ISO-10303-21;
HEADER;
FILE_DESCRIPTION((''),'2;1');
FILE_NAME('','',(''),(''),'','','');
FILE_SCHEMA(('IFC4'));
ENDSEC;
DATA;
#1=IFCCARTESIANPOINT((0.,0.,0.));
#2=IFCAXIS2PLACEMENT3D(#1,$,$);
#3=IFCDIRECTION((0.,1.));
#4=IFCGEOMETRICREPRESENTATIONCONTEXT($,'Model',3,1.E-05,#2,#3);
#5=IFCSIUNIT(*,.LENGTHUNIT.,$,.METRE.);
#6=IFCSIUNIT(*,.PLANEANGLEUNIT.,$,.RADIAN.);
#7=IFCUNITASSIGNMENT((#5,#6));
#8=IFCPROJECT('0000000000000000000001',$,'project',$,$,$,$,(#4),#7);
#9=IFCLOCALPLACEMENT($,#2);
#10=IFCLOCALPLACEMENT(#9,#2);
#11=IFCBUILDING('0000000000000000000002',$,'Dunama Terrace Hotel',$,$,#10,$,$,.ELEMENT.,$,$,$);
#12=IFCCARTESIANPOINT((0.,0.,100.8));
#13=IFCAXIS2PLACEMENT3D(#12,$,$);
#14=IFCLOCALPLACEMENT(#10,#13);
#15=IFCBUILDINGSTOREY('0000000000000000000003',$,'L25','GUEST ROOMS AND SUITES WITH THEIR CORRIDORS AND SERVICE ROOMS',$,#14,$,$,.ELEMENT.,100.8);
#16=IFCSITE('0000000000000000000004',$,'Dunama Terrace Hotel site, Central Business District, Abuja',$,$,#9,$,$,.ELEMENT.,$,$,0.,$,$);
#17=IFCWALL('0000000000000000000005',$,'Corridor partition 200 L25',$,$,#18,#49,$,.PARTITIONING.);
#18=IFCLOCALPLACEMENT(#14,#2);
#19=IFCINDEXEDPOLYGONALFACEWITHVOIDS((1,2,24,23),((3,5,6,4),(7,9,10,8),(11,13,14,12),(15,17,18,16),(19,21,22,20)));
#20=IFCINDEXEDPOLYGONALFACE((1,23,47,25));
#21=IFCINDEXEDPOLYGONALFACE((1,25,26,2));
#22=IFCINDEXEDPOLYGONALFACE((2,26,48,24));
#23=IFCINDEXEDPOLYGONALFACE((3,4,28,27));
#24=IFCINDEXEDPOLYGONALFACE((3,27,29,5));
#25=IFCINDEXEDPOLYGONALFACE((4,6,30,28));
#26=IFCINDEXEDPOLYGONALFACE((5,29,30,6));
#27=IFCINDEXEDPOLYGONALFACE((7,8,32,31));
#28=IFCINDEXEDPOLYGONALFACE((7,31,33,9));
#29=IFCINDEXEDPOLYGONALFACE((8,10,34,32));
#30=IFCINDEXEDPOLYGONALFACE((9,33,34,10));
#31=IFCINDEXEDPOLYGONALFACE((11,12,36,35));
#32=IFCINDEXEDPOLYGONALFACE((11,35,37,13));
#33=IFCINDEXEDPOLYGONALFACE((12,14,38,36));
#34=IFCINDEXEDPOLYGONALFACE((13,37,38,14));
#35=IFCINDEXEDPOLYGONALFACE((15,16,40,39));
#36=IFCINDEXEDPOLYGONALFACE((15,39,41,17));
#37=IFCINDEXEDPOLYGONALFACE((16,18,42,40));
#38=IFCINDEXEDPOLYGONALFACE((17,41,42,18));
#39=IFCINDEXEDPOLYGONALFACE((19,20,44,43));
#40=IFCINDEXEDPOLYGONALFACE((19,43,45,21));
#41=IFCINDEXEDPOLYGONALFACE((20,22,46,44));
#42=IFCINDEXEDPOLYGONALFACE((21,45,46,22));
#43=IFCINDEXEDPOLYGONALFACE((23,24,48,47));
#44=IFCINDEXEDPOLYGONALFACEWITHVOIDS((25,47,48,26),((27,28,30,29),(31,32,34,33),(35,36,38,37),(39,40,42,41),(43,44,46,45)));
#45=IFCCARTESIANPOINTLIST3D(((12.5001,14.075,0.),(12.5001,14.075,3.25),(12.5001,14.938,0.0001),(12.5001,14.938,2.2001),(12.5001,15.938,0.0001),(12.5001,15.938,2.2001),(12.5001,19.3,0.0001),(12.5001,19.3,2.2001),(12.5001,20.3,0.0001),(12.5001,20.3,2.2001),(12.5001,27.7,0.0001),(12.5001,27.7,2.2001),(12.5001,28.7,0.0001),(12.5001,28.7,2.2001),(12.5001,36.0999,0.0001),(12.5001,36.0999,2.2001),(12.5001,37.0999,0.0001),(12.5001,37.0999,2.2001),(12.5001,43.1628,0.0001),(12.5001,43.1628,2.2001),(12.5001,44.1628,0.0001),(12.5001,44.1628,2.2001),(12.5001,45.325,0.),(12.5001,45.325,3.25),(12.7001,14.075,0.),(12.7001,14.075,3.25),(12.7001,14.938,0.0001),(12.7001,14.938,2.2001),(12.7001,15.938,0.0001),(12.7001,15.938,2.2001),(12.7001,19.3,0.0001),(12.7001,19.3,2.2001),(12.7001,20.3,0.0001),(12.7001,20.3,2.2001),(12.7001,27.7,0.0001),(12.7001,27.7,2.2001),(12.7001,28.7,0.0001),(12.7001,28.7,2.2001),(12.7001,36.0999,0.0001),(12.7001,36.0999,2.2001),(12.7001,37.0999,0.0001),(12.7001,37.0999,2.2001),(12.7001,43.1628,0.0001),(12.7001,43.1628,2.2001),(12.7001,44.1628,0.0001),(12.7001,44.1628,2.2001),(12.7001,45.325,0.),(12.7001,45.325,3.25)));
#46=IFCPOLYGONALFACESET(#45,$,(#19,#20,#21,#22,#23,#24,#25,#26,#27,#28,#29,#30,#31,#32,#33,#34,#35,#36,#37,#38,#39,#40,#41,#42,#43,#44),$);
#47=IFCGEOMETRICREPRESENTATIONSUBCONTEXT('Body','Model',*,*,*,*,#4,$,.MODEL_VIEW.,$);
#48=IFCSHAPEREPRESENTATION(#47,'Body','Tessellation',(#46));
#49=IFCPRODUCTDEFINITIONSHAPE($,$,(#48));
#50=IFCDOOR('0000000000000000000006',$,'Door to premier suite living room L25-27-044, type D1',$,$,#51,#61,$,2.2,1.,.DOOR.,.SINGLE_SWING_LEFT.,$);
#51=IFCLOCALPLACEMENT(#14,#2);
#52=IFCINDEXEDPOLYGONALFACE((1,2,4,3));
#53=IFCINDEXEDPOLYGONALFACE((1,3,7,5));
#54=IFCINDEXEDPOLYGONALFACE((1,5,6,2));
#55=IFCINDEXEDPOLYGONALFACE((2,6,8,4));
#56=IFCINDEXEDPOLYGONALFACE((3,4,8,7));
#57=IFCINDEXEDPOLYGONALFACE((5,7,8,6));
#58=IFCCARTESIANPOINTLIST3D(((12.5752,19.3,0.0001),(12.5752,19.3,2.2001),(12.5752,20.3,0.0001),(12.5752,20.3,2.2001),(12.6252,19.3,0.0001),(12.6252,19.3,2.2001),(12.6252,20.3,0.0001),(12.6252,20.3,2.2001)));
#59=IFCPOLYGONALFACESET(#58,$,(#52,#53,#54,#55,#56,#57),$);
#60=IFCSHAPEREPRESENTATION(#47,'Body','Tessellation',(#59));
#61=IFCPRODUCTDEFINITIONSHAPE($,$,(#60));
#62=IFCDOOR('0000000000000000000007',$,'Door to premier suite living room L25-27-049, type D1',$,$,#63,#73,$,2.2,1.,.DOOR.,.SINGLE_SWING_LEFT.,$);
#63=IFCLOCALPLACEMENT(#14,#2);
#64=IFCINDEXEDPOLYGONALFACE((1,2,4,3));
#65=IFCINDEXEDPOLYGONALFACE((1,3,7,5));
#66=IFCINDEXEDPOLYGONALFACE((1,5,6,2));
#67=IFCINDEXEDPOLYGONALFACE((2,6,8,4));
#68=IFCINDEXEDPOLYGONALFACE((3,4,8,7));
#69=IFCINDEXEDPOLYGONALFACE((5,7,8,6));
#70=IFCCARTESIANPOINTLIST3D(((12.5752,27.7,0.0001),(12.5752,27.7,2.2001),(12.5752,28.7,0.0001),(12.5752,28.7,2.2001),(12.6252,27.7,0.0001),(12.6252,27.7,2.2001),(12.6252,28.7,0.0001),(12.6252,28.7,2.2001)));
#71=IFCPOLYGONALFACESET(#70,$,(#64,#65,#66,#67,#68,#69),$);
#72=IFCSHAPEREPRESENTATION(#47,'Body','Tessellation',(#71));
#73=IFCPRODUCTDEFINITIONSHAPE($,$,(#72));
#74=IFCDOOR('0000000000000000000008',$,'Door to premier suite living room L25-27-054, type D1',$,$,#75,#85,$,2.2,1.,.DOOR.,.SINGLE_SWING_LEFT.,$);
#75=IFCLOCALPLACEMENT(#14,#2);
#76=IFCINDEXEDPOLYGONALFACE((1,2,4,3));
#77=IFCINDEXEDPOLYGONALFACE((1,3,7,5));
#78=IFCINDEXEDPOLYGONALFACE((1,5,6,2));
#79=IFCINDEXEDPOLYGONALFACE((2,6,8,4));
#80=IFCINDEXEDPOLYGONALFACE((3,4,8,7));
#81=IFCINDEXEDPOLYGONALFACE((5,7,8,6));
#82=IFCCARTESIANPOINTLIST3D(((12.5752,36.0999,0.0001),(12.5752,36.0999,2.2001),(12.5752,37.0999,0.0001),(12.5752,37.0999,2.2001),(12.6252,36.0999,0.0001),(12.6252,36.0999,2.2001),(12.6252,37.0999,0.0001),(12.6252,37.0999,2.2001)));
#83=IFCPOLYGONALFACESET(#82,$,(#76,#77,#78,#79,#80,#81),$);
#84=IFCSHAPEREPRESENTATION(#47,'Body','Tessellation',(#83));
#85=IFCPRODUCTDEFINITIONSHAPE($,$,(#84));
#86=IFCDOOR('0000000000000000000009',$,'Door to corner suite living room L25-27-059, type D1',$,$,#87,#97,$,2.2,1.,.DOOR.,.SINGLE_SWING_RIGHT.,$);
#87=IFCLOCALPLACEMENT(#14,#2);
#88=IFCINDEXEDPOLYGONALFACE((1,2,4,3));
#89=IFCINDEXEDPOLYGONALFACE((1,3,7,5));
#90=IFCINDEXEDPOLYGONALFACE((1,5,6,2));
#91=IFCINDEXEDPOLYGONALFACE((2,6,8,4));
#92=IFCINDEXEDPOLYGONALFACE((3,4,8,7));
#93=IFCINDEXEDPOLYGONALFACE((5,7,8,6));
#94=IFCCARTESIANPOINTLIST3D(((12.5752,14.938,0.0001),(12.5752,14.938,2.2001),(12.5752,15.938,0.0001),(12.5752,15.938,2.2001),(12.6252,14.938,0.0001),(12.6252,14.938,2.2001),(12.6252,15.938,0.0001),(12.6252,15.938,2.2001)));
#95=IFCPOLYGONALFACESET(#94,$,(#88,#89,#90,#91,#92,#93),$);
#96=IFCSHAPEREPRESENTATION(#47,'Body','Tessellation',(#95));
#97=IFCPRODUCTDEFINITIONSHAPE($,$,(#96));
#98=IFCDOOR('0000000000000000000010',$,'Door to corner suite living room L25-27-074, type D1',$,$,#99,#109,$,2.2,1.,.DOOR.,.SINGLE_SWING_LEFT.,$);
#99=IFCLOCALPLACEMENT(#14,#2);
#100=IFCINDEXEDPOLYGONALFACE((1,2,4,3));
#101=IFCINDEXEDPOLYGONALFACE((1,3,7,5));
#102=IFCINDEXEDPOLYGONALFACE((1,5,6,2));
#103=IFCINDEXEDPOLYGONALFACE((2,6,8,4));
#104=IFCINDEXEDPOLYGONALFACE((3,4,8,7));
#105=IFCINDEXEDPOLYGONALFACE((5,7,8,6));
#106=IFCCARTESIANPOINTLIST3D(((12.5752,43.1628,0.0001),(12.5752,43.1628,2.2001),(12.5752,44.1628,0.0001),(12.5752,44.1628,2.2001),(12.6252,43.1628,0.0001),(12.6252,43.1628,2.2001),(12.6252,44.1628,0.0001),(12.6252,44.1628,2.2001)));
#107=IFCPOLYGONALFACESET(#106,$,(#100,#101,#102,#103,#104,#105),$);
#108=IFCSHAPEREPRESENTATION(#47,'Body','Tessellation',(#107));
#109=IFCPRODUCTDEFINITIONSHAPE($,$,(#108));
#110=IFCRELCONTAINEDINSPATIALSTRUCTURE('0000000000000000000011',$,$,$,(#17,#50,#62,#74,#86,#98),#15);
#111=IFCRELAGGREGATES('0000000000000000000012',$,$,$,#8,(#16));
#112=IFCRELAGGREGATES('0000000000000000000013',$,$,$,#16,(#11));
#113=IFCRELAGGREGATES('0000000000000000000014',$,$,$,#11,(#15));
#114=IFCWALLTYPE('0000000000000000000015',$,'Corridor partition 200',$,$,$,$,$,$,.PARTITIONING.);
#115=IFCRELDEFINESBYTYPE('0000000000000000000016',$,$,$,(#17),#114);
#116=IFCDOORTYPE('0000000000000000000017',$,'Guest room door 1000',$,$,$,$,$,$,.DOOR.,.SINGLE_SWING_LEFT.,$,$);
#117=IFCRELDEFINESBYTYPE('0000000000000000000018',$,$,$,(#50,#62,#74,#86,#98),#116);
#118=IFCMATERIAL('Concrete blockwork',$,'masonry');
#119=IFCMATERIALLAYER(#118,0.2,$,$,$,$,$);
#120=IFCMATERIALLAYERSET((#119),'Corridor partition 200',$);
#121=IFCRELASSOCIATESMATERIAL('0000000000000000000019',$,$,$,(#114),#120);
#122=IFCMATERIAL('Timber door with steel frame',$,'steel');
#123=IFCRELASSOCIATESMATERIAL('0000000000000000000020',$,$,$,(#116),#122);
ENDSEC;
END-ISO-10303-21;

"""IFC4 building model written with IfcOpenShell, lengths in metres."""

from ifc_helpers import new_model, si_unit, direction, frame, frame_2d, origin, place, context, subcontext, project, spatial, rectangle, extrude, material, layer, layer_set, type_object, element, fill, save


model = new_model("IFC4")

# Units and contexts
model_context = context("Model", 3, precision=1e-05, world=origin(), true_north=direction((0.0, 1.0)))
body_context = subcontext(model_context, "Body", "Model", "MODEL_VIEW")
ifc_project = project(units=[si_unit("LENGTHUNIT", "METRE"), si_unit("PLANEANGLEUNIT", "RADIAN")], contexts=[model_context])

# Site, building, storey
site_placement = place(None, origin())
site = spatial("IfcSite", under=ifc_project, at=site_placement, Name="Dunama Terrace Hotel site, Central Business District, Abuja", CompositionType="ELEMENT", RefElevation=0.0)
building_placement = place(site_placement, origin())
building = spatial("IfcBuilding", under=site, at=building_placement, Name="Dunama Terrace Hotel", CompositionType="ELEMENT")
storey_placement = place(building_placement, frame((0.0, 0.0, 100.8)))
storey = spatial("IfcBuildingStorey", under=building, at=storey_placement, Name="L25", Description="GUEST ROOMS AND SUITES WITH THEIR CORRIDORS AND SERVICE ROOMS", CompositionType="ELEMENT", Elevation=100.8)

# Wall, openings, doors
ifc_material_1 = material(Name="Concrete blockwork", Category="masonry")
ifc_layer_1 = layer(ifc_material_1, 0.2)
ifc_layer_set_1 = layer_set([ifc_layer_1], Name="Corridor partition 200")
wall_type_1 = type_object("IfcWallType", Name="Corridor partition 200", PredefinedType="PARTITIONING", material=ifc_layer_set_1)
wall_1_placement = place(storey_placement, frame((12.6001, 14.075, 0.0), z_axis=(0.0, 0.0, 1.0), x_axis=(0.0, 1.0, 0.0)))
wall_1 = element("IfcWall", 1, at=wall_1_placement, inside=storey, type_object=wall_type_1, Name="Corridor partition 200 L25", PredefinedType="PARTITIONING", context=body_context, shape_type="SweptSolid", body=[
    extrude(rectangle(XDim=31.25, YDim=0.2, at=frame_2d((15.625, 0.0))), origin(), (0.0, 0.0, 1.0), 3.25),
])
opening_1_placement = place(wall_1_placement, frame((5.2251, 0.0, 0.0)))
opening_1 = element("IfcOpeningElement", 2, at=opening_1_placement, cuts=wall_1, PredefinedType="OPENING", context=body_context, shape_type="SweptSolid", body=[
    extrude(rectangle(XDim=1.0, YDim=2.2, at=frame_2d((0.5, 1.1001))), frame((0.0, 0.1099, 0.0), z_axis=(0.0, -1.0, 0.0), x_axis=(1.0, 0.0, 0.0)), (0.0, 0.0, 1.0), 0.22),
])
opening_2_placement = place(wall_1_placement, frame((13.625, 0.0, 0.0)))
opening_2 = element("IfcOpeningElement", 3, at=opening_2_placement, cuts=wall_1, PredefinedType="OPENING", context=body_context, shape_type="SweptSolid", body=[
    extrude(rectangle(XDim=1.0, YDim=2.2, at=frame_2d((0.5, 1.1001))), frame((0.0, 0.1099, 0.0), z_axis=(0.0, -1.0, 0.0), x_axis=(1.0, 0.0, 0.0)), (0.0, 0.0, 1.0), 0.22),
])
opening_3_placement = place(wall_1_placement, frame((22.0249, 0.0, 0.0)))
opening_3 = element("IfcOpeningElement", 4, at=opening_3_placement, cuts=wall_1, PredefinedType="OPENING", context=body_context, shape_type="SweptSolid", body=[
    extrude(rectangle(XDim=1.0, YDim=2.2, at=frame_2d((0.5, 1.1001))), frame((0.0, 0.1099, 0.0), z_axis=(0.0, -1.0, 0.0), x_axis=(1.0, 0.0, 0.0)), (0.0, 0.0, 1.0), 0.22),
])
opening_4_placement = place(wall_1_placement, frame((0.863, 0.0, 0.0)))
opening_4 = element("IfcOpeningElement", 5, at=opening_4_placement, cuts=wall_1, PredefinedType="OPENING", context=body_context, shape_type="SweptSolid", body=[
    extrude(rectangle(XDim=1.0, YDim=2.2, at=frame_2d((0.5, 1.1001))), frame((0.0, 0.1099, 0.0), z_axis=(0.0, -1.0, 0.0), x_axis=(1.0, 0.0, 0.0)), (0.0, 0.0, 1.0), 0.22),
])
opening_5_placement = place(wall_1_placement, frame((29.0879, 0.0, 0.0)))
opening_5 = element("IfcOpeningElement", 6, at=opening_5_placement, cuts=wall_1, PredefinedType="OPENING", context=body_context, shape_type="SweptSolid", body=[
    extrude(rectangle(XDim=1.0, YDim=2.2, at=frame_2d((0.5, 1.1001))), frame((0.0, 0.1099, 0.0), z_axis=(0.0, -1.0, 0.0), x_axis=(1.0, 0.0, 0.0)), (0.0, 0.0, 1.0), 0.22),
])
ifc_material_2 = material(Name="Timber door with steel frame", Category="steel")
door_type_1 = type_object("IfcDoorType", Name="Guest room door 1000", OperationType="SINGLE_SWING_LEFT", PredefinedType="DOOR", material=ifc_material_2)
door_1_placement = place(opening_1_placement, origin())
door_1 = element("IfcDoor", 7, at=door_1_placement, inside=storey, type_object=door_type_1, Name="Door to premier suite living room L25-27-044, type D1", OperationType="SINGLE_SWING_LEFT", OverallHeight=2.2, OverallWidth=1.0, PredefinedType="DOOR", context=body_context, shape_type="SweptSolid", body=[
    extrude(rectangle(XDim=1.0, YDim=2.2, at=frame_2d((0.5, 1.1001))), frame((0.0, 0.0249, 0.0), z_axis=(0.0, -1.0, 0.0), x_axis=(1.0, 0.0, 0.0)), (0.0, 0.0, 1.0), 0.05),
])
fill(opening_1, door_1)
door_2_placement = place(opening_2_placement, origin())
door_2 = element("IfcDoor", 8, at=door_2_placement, inside=storey, type_object=door_type_1, Name="Door to premier suite living room L25-27-049, type D1", OperationType="SINGLE_SWING_LEFT", OverallHeight=2.2, OverallWidth=1.0, PredefinedType="DOOR", context=body_context, shape_type="SweptSolid", body=[
    extrude(rectangle(XDim=1.0, YDim=2.2, at=frame_2d((0.5, 1.1001))), frame((0.0, 0.0249, 0.0), z_axis=(0.0, -1.0, 0.0), x_axis=(1.0, 0.0, 0.0)), (0.0, 0.0, 1.0), 0.05),
])
fill(opening_2, door_2)
door_3_placement = place(opening_3_placement, origin())
door_3 = element("IfcDoor", 9, at=door_3_placement, inside=storey, type_object=door_type_1, Name="Door to premier suite living room L25-27-054, type D1", OperationType="SINGLE_SWING_LEFT", OverallHeight=2.2, OverallWidth=1.0, PredefinedType="DOOR", context=body_context, shape_type="SweptSolid", body=[
    extrude(rectangle(XDim=1.0, YDim=2.2, at=frame_2d((0.5, 1.1001))), frame((0.0, 0.0249, 0.0), z_axis=(0.0, -1.0, 0.0), x_axis=(1.0, 0.0, 0.0)), (0.0, 0.0, 1.0), 0.05),
])
fill(opening_3, door_3)
door_4_placement = place(opening_4_placement, origin())
door_4 = element("IfcDoor", 10, at=door_4_placement, inside=storey, type_object=door_type_1, Name="Door to corner suite living room L25-27-059, type D1", OperationType="SINGLE_SWING_RIGHT", OverallHeight=2.2, OverallWidth=1.0, PredefinedType="DOOR", context=body_context, shape_type="SweptSolid", body=[
    extrude(rectangle(XDim=1.0, YDim=2.2, at=frame_2d((0.5, 1.1001))), frame((0.0, 0.0249, 0.0), z_axis=(0.0, -1.0, 0.0), x_axis=(1.0, 0.0, 0.0)), (0.0, 0.0, 1.0), 0.05),
])
fill(opening_4, door_4)
door_5_placement = place(opening_5_placement, origin())
door_5 = element("IfcDoor", 11, at=door_5_placement, inside=storey, type_object=door_type_1, Name="Door to corner suite living room L25-27-074, type D1", OperationType="SINGLE_SWING_LEFT", OverallHeight=2.2, OverallWidth=1.0, PredefinedType="DOOR", context=body_context, shape_type="SweptSolid", body=[
    extrude(rectangle(XDim=1.0, YDim=2.2, at=frame_2d((0.5, 1.1001))), frame((0.0, 0.0249, 0.0), z_axis=(0.0, -1.0, 0.0), x_axis=(1.0, 0.0, 0.0)), (0.0, 0.0, 1.0), 0.05),
])
fill(opening_5, door_5)

save(model, "model.ifc")
